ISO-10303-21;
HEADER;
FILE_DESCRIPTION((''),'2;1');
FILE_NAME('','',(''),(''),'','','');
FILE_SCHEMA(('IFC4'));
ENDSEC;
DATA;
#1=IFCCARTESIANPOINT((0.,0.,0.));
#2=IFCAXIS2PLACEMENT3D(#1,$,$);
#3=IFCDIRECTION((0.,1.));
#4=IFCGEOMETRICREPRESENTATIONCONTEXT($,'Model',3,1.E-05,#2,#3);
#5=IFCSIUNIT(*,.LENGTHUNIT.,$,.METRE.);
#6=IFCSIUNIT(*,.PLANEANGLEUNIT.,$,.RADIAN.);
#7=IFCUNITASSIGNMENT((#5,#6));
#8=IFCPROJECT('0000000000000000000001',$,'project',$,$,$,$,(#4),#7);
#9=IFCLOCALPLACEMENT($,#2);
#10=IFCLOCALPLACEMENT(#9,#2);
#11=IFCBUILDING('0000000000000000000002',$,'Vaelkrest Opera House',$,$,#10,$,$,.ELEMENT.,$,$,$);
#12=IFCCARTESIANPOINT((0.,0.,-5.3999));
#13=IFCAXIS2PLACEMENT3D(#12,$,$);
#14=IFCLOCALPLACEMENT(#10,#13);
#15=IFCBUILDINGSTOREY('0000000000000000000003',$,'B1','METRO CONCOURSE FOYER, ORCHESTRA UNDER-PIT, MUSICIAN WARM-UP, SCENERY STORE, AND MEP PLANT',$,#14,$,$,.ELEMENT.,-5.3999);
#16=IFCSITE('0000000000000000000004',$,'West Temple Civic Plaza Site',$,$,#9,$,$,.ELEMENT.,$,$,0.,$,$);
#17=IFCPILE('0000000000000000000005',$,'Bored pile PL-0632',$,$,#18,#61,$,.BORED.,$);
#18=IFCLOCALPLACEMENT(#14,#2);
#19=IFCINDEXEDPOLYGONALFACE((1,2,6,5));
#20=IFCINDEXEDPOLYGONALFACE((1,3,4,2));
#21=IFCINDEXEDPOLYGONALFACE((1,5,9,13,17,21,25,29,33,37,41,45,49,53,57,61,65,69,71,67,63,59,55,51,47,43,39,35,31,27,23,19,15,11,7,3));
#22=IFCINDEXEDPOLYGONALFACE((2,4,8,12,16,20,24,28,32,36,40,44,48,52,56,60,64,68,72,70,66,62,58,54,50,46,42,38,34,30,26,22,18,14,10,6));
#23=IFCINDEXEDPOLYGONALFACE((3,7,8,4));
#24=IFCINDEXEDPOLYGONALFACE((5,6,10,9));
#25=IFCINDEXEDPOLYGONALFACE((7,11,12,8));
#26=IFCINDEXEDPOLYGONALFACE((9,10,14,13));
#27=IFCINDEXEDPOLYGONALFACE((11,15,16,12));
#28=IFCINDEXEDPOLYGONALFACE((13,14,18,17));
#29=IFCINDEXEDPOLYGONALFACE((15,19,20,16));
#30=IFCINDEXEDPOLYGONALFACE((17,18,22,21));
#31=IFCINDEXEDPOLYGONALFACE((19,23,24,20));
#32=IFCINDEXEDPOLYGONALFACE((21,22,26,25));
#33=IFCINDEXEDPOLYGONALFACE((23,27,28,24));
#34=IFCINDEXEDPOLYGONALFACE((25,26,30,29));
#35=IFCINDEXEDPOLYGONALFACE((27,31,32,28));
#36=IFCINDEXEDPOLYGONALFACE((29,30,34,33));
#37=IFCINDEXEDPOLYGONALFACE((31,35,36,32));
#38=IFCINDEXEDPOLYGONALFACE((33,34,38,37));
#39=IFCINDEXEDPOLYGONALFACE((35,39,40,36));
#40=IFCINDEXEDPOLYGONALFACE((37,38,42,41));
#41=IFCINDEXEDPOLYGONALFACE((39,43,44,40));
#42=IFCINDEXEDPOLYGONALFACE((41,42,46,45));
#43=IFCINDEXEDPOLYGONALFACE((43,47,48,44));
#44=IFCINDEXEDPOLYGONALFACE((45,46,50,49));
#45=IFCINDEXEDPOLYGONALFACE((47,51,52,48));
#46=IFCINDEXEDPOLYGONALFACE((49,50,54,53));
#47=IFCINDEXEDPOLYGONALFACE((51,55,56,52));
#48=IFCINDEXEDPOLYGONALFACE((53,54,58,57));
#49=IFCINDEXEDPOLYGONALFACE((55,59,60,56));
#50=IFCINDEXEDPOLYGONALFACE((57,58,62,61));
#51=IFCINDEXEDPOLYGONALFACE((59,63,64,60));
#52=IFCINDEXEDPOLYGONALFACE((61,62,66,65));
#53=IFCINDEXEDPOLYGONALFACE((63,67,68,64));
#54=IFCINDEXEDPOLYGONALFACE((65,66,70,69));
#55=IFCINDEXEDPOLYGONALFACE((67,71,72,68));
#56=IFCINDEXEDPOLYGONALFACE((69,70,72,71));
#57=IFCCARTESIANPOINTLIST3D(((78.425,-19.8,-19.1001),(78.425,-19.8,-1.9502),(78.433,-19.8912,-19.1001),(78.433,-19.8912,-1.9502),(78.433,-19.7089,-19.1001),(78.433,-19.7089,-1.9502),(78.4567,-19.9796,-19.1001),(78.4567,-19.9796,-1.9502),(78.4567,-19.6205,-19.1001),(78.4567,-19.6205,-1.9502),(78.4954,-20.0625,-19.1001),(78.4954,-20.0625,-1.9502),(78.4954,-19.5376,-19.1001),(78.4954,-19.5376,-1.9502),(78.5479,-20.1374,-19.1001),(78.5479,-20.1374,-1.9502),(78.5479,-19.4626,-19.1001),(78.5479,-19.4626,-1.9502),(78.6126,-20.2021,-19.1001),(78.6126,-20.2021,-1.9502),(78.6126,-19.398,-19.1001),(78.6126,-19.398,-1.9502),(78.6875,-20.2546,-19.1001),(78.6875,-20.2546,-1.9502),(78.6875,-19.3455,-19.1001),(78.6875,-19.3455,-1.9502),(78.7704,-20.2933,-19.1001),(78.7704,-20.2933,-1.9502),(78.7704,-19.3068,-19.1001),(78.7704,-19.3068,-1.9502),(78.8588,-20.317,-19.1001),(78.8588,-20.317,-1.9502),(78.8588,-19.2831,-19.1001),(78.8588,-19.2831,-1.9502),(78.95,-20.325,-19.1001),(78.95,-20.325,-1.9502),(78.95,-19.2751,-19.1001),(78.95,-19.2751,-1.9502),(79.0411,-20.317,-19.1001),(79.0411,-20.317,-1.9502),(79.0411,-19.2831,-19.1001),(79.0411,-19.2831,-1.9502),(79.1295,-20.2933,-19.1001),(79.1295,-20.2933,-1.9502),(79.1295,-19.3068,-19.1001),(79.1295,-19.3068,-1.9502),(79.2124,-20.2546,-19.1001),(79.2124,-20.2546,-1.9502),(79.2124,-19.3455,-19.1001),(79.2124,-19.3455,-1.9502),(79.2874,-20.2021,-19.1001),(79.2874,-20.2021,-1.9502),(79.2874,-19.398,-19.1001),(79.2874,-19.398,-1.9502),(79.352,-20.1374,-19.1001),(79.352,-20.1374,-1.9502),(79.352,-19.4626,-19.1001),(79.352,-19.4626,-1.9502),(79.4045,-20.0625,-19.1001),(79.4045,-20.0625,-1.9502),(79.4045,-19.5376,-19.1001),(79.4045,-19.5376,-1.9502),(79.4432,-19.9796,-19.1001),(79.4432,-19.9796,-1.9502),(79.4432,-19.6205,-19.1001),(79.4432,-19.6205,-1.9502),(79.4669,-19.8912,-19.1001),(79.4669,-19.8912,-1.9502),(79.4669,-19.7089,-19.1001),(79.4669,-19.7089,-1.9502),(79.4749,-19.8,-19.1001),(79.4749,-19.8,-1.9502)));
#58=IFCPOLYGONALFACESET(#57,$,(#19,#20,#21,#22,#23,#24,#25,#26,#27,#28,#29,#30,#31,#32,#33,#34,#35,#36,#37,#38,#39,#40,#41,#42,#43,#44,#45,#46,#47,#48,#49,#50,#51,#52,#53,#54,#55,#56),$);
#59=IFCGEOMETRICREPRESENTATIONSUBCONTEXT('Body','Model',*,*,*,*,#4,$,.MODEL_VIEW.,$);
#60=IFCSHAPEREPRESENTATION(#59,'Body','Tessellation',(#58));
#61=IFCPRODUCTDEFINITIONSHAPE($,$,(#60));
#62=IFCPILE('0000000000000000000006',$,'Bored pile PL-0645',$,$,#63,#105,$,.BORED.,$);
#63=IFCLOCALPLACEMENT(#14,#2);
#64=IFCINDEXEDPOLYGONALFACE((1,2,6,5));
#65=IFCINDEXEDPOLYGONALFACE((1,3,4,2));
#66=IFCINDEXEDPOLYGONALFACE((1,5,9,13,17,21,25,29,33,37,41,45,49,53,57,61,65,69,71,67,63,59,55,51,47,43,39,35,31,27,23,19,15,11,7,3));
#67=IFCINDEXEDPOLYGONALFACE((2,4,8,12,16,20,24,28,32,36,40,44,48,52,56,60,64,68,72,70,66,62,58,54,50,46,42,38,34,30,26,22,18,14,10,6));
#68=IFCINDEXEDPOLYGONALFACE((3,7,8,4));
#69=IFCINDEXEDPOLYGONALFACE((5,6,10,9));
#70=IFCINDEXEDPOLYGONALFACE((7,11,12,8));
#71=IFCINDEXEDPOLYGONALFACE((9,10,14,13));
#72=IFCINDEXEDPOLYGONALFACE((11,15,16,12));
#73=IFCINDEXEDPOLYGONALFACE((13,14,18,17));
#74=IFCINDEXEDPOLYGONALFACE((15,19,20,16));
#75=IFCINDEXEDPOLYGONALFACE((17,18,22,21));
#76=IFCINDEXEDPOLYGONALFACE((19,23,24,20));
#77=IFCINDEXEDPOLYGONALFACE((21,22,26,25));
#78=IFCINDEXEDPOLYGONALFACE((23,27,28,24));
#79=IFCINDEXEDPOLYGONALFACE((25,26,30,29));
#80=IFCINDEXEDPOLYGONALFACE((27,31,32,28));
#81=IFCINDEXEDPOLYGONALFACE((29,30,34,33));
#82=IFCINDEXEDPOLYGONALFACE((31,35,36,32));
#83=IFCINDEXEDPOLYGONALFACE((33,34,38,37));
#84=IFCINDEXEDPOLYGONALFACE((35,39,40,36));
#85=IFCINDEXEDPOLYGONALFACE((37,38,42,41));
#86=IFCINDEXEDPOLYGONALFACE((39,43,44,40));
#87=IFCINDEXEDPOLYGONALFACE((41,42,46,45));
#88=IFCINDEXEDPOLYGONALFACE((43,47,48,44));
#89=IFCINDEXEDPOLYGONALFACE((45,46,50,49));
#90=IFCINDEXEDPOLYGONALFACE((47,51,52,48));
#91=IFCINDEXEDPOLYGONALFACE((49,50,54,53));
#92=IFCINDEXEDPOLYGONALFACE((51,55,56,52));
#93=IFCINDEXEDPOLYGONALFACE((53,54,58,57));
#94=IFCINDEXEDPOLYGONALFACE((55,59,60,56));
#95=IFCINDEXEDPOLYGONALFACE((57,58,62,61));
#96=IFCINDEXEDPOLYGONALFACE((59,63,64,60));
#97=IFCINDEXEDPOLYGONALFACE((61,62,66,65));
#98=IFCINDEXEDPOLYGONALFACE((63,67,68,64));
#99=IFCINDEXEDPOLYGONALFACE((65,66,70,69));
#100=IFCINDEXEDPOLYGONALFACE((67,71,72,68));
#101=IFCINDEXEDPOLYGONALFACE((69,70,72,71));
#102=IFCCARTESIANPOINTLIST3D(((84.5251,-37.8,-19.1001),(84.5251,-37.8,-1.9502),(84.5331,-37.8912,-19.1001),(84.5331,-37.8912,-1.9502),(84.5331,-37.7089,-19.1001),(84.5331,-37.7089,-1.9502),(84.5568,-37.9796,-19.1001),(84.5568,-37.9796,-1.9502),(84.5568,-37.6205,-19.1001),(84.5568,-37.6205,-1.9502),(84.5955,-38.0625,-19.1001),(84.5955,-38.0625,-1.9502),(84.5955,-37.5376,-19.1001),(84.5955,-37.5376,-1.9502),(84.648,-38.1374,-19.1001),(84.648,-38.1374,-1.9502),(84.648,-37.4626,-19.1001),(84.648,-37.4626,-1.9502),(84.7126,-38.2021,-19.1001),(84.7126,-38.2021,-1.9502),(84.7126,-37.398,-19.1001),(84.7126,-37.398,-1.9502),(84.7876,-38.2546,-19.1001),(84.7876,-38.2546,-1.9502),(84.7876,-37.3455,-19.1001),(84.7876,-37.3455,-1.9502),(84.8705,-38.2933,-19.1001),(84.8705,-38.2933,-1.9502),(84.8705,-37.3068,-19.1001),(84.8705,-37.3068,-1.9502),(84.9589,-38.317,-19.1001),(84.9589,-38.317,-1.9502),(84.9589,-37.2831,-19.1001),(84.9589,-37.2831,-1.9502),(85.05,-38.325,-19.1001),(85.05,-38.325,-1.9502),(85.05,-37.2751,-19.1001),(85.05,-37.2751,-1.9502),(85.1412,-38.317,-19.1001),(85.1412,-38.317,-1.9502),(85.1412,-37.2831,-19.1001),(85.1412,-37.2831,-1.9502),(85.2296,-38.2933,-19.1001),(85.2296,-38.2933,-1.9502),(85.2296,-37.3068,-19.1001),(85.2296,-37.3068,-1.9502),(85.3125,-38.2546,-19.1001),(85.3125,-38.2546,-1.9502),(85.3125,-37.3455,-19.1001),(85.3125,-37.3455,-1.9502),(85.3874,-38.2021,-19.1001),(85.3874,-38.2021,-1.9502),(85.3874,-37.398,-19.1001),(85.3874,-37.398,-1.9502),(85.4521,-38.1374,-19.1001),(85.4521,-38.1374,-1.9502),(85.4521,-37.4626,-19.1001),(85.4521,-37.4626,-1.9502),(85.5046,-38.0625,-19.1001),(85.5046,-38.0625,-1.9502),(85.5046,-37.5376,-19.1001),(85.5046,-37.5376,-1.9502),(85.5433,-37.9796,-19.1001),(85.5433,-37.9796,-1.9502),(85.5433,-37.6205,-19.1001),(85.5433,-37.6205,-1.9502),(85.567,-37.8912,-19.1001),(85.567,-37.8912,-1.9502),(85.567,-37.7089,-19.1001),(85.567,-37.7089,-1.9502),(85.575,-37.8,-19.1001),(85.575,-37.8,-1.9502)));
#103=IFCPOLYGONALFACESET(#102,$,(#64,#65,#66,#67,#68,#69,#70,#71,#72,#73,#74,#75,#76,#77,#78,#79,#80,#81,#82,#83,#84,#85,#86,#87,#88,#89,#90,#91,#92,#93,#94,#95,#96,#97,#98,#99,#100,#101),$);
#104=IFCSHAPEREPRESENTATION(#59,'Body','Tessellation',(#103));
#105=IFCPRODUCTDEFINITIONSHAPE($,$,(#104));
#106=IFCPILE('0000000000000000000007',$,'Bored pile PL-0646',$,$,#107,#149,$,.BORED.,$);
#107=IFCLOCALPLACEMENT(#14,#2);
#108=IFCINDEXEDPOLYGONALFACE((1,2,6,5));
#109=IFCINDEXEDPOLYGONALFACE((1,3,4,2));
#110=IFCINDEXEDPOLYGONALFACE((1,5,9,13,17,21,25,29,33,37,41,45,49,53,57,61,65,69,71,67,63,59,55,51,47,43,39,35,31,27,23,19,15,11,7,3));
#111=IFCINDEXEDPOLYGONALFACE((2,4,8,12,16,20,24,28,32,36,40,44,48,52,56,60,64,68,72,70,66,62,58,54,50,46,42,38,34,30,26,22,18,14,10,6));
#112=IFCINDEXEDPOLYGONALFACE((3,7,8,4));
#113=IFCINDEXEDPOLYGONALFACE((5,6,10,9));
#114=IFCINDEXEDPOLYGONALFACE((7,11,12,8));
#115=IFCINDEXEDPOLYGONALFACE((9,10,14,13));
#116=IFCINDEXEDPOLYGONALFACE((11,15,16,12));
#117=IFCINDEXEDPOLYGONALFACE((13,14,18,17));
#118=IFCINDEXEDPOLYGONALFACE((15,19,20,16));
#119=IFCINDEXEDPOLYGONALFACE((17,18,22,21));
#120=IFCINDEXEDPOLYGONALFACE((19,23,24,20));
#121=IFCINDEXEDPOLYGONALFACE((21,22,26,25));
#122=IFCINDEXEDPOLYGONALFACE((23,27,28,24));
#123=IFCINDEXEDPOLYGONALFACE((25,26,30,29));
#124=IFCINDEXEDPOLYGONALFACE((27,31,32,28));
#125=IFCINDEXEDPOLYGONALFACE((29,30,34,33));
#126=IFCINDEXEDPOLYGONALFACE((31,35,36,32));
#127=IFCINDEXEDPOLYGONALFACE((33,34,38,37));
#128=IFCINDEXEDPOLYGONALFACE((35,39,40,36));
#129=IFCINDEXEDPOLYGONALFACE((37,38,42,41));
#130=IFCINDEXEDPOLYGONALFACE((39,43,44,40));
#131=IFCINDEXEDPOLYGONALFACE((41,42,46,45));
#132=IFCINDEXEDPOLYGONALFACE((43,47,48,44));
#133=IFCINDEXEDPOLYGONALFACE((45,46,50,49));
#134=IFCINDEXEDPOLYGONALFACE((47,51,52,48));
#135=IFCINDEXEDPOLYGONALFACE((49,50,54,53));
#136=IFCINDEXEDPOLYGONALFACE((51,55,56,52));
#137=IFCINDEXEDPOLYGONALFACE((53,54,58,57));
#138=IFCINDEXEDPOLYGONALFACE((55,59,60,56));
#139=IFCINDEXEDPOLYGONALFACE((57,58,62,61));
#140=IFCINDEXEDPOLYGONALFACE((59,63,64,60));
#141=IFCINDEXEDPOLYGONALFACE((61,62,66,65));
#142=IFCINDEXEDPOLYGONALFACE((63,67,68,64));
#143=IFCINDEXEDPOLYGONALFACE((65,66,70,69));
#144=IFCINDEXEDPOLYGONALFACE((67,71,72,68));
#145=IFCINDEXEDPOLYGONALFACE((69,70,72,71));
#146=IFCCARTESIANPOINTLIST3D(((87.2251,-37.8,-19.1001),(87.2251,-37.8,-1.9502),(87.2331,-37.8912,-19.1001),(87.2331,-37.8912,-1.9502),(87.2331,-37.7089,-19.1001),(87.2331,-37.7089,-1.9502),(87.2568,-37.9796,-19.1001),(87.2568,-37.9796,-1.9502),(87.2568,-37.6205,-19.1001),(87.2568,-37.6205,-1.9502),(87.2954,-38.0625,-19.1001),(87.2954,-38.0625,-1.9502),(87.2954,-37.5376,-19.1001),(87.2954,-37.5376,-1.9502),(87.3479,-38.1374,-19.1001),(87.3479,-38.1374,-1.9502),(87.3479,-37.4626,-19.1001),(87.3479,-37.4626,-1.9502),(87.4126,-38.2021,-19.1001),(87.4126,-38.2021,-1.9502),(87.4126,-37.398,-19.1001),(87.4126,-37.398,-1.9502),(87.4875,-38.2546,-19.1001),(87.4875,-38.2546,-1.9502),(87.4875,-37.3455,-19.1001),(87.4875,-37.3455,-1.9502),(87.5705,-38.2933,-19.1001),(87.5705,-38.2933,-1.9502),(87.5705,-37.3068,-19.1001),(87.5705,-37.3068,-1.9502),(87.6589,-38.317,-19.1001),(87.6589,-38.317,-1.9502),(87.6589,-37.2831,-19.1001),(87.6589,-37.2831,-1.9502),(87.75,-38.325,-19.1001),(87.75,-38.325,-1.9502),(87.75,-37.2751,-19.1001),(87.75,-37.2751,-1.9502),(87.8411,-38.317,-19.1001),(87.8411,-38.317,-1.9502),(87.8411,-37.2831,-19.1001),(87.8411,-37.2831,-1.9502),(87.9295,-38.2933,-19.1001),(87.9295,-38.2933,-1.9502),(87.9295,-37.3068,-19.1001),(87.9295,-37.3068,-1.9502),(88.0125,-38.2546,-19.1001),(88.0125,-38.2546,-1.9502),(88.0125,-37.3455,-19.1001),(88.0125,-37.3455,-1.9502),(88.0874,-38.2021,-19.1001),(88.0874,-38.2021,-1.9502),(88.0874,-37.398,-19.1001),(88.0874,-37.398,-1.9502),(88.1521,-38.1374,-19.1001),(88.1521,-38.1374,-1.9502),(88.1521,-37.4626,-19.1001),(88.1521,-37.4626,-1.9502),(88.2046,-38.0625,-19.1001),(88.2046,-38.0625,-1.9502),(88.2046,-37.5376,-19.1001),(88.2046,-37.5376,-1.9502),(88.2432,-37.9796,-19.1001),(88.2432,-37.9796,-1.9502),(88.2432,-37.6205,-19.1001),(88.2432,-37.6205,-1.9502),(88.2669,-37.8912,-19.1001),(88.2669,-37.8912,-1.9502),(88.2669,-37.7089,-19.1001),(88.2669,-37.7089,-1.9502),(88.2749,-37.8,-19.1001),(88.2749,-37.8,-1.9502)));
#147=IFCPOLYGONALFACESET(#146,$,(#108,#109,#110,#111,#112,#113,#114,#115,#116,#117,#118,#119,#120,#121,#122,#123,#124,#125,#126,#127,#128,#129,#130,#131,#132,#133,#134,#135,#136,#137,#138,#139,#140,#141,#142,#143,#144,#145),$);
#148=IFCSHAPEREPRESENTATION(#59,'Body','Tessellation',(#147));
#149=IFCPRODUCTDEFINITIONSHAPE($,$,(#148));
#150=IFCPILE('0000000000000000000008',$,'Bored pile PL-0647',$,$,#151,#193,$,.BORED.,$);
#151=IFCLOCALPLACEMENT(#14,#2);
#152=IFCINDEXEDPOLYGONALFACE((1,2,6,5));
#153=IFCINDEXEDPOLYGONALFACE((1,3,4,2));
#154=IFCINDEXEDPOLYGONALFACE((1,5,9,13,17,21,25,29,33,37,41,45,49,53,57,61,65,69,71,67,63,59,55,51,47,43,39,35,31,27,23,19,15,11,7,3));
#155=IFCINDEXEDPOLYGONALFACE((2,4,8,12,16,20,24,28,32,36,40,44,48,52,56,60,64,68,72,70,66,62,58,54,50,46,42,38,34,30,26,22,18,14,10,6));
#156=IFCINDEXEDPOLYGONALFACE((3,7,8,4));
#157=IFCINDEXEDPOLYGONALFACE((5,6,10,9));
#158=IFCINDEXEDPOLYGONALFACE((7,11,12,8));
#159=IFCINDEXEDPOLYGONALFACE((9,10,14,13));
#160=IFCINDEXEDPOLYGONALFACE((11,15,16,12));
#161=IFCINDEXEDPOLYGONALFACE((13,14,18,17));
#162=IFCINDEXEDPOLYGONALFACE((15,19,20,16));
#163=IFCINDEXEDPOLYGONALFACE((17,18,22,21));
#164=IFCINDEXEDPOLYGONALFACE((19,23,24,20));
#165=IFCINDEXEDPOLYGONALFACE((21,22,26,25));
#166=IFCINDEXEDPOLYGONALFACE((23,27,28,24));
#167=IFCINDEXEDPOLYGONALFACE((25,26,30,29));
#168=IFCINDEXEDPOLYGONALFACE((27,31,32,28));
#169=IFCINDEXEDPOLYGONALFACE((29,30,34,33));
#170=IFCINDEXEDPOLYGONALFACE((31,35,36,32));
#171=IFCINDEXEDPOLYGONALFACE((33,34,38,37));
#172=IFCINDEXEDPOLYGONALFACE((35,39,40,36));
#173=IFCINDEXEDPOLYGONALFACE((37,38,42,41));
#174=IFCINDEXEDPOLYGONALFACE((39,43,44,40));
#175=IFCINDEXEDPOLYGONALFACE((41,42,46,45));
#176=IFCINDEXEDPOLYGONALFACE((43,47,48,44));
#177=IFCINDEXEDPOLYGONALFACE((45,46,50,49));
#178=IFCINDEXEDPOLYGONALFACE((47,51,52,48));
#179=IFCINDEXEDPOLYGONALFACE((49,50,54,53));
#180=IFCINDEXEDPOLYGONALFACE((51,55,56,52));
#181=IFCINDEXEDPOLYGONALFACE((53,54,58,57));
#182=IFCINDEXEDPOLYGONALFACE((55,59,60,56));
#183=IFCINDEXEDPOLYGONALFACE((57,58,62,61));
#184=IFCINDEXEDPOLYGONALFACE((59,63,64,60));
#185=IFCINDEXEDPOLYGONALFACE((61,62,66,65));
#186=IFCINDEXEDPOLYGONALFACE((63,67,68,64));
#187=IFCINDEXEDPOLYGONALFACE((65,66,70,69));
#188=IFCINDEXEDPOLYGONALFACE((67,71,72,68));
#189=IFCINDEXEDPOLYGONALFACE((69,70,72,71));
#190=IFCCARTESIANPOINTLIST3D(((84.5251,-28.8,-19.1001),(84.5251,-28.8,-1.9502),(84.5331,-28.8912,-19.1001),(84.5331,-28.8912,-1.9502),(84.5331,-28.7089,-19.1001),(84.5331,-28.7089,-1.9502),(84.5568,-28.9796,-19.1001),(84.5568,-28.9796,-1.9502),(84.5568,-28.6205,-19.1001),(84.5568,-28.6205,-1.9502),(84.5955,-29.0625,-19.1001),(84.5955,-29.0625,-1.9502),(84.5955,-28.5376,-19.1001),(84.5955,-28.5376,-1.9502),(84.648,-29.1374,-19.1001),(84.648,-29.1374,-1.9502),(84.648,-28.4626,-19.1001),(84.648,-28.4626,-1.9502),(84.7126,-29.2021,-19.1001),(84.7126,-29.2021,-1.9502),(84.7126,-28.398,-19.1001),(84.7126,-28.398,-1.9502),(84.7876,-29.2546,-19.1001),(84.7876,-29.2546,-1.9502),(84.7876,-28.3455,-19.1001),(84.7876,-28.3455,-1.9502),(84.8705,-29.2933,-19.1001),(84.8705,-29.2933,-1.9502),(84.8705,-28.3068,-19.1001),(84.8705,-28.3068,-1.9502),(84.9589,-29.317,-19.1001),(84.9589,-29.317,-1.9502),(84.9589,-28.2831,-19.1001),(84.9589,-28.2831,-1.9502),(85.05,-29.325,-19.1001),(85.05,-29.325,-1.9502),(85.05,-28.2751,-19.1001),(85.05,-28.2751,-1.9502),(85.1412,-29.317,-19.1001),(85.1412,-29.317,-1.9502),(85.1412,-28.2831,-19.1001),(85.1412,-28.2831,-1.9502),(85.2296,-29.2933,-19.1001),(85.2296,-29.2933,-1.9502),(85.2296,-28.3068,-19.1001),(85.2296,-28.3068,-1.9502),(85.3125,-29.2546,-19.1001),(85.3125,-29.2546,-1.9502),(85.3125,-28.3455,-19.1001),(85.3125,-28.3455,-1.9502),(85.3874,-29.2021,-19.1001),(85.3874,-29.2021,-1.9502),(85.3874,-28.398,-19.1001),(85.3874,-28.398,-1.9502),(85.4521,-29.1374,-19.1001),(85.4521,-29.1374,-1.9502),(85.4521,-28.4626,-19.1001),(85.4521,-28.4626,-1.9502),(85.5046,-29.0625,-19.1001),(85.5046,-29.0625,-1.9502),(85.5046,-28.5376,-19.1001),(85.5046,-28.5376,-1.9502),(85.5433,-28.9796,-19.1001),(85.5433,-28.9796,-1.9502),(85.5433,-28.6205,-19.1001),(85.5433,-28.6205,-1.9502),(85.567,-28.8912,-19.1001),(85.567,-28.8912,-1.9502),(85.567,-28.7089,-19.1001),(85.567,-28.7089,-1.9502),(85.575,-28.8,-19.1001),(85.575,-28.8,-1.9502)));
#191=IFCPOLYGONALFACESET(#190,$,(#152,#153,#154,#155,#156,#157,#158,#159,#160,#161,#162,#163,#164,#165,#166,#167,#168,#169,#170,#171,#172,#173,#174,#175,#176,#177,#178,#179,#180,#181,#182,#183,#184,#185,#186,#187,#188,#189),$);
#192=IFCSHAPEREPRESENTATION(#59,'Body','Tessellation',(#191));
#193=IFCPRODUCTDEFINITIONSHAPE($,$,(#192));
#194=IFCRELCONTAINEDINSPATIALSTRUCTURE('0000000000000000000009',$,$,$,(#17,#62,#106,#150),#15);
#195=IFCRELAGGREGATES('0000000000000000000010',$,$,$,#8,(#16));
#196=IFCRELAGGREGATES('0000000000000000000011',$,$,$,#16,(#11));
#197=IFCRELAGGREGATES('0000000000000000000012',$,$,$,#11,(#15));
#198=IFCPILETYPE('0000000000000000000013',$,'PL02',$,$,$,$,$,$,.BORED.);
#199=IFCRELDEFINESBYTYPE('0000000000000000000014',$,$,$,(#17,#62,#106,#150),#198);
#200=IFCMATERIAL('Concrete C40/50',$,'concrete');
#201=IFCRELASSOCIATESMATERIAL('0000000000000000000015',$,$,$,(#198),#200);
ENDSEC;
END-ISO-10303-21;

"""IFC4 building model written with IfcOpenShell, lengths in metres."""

from ifc_helpers import new_model, si_unit, direction, frame, origin, origin_2d, place, context, subcontext, project, spatial, circle, extrude, material, material_profile, profile_set, type_object, element, save


model = new_model("IFC4")

# Units and contexts
model_context = context("Model", 3, precision=1e-05, world=origin(), true_north=direction((0.0, 1.0)))
body_context = subcontext(model_context, "Body", "Model", "MODEL_VIEW")
ifc_project = project(units=[si_unit("LENGTHUNIT", "METRE"), si_unit("PLANEANGLEUNIT", "RADIAN")], contexts=[model_context])

# Site, building, storey
site_placement = place(None, origin())
site = spatial("IfcSite", under=ifc_project, at=site_placement, Name="West Temple Civic Plaza Site", CompositionType="ELEMENT", RefElevation=0.0)
building_placement = place(site_placement, origin())
building = spatial("IfcBuilding", under=site, at=building_placement, Name="Vaelkrest Opera House", CompositionType="ELEMENT")
storey_placement = place(building_placement, frame((0.0, 0.0, -5.3999)))
storey = spatial("IfcBuildingStorey", under=building, at=storey_placement, Name="B1", Description="METRO CONCOURSE FOYER, ORCHESTRA UNDER-PIT, MUSICIAN WARM-UP, SCENERY STORE, AND MEP PLANT", CompositionType="ELEMENT", Elevation=-5.3999)

# Shared definitions
ifc_material_1 = material(Name="Concrete C40/50", Category="concrete")

# Piles
ifc_material_profile_1 = material_profile(ifc_material_1, circle(Radius=0.5249, at=origin_2d()), Name="PILE1050")
ifc_profile_set_1 = profile_set([ifc_material_profile_1], Name="Concrete C40/50")
pile_type = type_object("IfcPileType", Name="PL02", PredefinedType="BORED", material=ifc_profile_set_1)
for number, where, z_axis, x_axis, name in (
    (1, (78.95, -19.8, -1.9502), (0.0, 0.0, -1.0), (1.0, 0.0, 0.0), "Bored pile PL-0632"),
    (2, (85.05, -37.8, -1.9502), (0.0, 0.0, -1.0), (1.0, 0.0, 0.0), "Bored pile PL-0645"),
    (3, (87.75, -37.8, -1.9502), (0.0, 0.0, -1.0), (1.0, 0.0, 0.0), "Bored pile PL-0646"),
    (4, (85.05, -28.8, -1.9502), (0.0, 0.0, -1.0), (1.0, 0.0, 0.0), "Bored pile PL-0647"),
):
    element("IfcPile", number, at=place(storey_placement, frame(where, z_axis=z_axis, x_axis=x_axis)), inside=storey, type_object=pile_type, Name=name, PredefinedType="BORED", context=body_context, shape_type="SweptSolid", body=[
        extrude(circle(Radius=0.5249, at=origin_2d()), origin(), (0.0, 0.0, 1.0), 17.1499),
    ])

save(model, "model.ifc")
